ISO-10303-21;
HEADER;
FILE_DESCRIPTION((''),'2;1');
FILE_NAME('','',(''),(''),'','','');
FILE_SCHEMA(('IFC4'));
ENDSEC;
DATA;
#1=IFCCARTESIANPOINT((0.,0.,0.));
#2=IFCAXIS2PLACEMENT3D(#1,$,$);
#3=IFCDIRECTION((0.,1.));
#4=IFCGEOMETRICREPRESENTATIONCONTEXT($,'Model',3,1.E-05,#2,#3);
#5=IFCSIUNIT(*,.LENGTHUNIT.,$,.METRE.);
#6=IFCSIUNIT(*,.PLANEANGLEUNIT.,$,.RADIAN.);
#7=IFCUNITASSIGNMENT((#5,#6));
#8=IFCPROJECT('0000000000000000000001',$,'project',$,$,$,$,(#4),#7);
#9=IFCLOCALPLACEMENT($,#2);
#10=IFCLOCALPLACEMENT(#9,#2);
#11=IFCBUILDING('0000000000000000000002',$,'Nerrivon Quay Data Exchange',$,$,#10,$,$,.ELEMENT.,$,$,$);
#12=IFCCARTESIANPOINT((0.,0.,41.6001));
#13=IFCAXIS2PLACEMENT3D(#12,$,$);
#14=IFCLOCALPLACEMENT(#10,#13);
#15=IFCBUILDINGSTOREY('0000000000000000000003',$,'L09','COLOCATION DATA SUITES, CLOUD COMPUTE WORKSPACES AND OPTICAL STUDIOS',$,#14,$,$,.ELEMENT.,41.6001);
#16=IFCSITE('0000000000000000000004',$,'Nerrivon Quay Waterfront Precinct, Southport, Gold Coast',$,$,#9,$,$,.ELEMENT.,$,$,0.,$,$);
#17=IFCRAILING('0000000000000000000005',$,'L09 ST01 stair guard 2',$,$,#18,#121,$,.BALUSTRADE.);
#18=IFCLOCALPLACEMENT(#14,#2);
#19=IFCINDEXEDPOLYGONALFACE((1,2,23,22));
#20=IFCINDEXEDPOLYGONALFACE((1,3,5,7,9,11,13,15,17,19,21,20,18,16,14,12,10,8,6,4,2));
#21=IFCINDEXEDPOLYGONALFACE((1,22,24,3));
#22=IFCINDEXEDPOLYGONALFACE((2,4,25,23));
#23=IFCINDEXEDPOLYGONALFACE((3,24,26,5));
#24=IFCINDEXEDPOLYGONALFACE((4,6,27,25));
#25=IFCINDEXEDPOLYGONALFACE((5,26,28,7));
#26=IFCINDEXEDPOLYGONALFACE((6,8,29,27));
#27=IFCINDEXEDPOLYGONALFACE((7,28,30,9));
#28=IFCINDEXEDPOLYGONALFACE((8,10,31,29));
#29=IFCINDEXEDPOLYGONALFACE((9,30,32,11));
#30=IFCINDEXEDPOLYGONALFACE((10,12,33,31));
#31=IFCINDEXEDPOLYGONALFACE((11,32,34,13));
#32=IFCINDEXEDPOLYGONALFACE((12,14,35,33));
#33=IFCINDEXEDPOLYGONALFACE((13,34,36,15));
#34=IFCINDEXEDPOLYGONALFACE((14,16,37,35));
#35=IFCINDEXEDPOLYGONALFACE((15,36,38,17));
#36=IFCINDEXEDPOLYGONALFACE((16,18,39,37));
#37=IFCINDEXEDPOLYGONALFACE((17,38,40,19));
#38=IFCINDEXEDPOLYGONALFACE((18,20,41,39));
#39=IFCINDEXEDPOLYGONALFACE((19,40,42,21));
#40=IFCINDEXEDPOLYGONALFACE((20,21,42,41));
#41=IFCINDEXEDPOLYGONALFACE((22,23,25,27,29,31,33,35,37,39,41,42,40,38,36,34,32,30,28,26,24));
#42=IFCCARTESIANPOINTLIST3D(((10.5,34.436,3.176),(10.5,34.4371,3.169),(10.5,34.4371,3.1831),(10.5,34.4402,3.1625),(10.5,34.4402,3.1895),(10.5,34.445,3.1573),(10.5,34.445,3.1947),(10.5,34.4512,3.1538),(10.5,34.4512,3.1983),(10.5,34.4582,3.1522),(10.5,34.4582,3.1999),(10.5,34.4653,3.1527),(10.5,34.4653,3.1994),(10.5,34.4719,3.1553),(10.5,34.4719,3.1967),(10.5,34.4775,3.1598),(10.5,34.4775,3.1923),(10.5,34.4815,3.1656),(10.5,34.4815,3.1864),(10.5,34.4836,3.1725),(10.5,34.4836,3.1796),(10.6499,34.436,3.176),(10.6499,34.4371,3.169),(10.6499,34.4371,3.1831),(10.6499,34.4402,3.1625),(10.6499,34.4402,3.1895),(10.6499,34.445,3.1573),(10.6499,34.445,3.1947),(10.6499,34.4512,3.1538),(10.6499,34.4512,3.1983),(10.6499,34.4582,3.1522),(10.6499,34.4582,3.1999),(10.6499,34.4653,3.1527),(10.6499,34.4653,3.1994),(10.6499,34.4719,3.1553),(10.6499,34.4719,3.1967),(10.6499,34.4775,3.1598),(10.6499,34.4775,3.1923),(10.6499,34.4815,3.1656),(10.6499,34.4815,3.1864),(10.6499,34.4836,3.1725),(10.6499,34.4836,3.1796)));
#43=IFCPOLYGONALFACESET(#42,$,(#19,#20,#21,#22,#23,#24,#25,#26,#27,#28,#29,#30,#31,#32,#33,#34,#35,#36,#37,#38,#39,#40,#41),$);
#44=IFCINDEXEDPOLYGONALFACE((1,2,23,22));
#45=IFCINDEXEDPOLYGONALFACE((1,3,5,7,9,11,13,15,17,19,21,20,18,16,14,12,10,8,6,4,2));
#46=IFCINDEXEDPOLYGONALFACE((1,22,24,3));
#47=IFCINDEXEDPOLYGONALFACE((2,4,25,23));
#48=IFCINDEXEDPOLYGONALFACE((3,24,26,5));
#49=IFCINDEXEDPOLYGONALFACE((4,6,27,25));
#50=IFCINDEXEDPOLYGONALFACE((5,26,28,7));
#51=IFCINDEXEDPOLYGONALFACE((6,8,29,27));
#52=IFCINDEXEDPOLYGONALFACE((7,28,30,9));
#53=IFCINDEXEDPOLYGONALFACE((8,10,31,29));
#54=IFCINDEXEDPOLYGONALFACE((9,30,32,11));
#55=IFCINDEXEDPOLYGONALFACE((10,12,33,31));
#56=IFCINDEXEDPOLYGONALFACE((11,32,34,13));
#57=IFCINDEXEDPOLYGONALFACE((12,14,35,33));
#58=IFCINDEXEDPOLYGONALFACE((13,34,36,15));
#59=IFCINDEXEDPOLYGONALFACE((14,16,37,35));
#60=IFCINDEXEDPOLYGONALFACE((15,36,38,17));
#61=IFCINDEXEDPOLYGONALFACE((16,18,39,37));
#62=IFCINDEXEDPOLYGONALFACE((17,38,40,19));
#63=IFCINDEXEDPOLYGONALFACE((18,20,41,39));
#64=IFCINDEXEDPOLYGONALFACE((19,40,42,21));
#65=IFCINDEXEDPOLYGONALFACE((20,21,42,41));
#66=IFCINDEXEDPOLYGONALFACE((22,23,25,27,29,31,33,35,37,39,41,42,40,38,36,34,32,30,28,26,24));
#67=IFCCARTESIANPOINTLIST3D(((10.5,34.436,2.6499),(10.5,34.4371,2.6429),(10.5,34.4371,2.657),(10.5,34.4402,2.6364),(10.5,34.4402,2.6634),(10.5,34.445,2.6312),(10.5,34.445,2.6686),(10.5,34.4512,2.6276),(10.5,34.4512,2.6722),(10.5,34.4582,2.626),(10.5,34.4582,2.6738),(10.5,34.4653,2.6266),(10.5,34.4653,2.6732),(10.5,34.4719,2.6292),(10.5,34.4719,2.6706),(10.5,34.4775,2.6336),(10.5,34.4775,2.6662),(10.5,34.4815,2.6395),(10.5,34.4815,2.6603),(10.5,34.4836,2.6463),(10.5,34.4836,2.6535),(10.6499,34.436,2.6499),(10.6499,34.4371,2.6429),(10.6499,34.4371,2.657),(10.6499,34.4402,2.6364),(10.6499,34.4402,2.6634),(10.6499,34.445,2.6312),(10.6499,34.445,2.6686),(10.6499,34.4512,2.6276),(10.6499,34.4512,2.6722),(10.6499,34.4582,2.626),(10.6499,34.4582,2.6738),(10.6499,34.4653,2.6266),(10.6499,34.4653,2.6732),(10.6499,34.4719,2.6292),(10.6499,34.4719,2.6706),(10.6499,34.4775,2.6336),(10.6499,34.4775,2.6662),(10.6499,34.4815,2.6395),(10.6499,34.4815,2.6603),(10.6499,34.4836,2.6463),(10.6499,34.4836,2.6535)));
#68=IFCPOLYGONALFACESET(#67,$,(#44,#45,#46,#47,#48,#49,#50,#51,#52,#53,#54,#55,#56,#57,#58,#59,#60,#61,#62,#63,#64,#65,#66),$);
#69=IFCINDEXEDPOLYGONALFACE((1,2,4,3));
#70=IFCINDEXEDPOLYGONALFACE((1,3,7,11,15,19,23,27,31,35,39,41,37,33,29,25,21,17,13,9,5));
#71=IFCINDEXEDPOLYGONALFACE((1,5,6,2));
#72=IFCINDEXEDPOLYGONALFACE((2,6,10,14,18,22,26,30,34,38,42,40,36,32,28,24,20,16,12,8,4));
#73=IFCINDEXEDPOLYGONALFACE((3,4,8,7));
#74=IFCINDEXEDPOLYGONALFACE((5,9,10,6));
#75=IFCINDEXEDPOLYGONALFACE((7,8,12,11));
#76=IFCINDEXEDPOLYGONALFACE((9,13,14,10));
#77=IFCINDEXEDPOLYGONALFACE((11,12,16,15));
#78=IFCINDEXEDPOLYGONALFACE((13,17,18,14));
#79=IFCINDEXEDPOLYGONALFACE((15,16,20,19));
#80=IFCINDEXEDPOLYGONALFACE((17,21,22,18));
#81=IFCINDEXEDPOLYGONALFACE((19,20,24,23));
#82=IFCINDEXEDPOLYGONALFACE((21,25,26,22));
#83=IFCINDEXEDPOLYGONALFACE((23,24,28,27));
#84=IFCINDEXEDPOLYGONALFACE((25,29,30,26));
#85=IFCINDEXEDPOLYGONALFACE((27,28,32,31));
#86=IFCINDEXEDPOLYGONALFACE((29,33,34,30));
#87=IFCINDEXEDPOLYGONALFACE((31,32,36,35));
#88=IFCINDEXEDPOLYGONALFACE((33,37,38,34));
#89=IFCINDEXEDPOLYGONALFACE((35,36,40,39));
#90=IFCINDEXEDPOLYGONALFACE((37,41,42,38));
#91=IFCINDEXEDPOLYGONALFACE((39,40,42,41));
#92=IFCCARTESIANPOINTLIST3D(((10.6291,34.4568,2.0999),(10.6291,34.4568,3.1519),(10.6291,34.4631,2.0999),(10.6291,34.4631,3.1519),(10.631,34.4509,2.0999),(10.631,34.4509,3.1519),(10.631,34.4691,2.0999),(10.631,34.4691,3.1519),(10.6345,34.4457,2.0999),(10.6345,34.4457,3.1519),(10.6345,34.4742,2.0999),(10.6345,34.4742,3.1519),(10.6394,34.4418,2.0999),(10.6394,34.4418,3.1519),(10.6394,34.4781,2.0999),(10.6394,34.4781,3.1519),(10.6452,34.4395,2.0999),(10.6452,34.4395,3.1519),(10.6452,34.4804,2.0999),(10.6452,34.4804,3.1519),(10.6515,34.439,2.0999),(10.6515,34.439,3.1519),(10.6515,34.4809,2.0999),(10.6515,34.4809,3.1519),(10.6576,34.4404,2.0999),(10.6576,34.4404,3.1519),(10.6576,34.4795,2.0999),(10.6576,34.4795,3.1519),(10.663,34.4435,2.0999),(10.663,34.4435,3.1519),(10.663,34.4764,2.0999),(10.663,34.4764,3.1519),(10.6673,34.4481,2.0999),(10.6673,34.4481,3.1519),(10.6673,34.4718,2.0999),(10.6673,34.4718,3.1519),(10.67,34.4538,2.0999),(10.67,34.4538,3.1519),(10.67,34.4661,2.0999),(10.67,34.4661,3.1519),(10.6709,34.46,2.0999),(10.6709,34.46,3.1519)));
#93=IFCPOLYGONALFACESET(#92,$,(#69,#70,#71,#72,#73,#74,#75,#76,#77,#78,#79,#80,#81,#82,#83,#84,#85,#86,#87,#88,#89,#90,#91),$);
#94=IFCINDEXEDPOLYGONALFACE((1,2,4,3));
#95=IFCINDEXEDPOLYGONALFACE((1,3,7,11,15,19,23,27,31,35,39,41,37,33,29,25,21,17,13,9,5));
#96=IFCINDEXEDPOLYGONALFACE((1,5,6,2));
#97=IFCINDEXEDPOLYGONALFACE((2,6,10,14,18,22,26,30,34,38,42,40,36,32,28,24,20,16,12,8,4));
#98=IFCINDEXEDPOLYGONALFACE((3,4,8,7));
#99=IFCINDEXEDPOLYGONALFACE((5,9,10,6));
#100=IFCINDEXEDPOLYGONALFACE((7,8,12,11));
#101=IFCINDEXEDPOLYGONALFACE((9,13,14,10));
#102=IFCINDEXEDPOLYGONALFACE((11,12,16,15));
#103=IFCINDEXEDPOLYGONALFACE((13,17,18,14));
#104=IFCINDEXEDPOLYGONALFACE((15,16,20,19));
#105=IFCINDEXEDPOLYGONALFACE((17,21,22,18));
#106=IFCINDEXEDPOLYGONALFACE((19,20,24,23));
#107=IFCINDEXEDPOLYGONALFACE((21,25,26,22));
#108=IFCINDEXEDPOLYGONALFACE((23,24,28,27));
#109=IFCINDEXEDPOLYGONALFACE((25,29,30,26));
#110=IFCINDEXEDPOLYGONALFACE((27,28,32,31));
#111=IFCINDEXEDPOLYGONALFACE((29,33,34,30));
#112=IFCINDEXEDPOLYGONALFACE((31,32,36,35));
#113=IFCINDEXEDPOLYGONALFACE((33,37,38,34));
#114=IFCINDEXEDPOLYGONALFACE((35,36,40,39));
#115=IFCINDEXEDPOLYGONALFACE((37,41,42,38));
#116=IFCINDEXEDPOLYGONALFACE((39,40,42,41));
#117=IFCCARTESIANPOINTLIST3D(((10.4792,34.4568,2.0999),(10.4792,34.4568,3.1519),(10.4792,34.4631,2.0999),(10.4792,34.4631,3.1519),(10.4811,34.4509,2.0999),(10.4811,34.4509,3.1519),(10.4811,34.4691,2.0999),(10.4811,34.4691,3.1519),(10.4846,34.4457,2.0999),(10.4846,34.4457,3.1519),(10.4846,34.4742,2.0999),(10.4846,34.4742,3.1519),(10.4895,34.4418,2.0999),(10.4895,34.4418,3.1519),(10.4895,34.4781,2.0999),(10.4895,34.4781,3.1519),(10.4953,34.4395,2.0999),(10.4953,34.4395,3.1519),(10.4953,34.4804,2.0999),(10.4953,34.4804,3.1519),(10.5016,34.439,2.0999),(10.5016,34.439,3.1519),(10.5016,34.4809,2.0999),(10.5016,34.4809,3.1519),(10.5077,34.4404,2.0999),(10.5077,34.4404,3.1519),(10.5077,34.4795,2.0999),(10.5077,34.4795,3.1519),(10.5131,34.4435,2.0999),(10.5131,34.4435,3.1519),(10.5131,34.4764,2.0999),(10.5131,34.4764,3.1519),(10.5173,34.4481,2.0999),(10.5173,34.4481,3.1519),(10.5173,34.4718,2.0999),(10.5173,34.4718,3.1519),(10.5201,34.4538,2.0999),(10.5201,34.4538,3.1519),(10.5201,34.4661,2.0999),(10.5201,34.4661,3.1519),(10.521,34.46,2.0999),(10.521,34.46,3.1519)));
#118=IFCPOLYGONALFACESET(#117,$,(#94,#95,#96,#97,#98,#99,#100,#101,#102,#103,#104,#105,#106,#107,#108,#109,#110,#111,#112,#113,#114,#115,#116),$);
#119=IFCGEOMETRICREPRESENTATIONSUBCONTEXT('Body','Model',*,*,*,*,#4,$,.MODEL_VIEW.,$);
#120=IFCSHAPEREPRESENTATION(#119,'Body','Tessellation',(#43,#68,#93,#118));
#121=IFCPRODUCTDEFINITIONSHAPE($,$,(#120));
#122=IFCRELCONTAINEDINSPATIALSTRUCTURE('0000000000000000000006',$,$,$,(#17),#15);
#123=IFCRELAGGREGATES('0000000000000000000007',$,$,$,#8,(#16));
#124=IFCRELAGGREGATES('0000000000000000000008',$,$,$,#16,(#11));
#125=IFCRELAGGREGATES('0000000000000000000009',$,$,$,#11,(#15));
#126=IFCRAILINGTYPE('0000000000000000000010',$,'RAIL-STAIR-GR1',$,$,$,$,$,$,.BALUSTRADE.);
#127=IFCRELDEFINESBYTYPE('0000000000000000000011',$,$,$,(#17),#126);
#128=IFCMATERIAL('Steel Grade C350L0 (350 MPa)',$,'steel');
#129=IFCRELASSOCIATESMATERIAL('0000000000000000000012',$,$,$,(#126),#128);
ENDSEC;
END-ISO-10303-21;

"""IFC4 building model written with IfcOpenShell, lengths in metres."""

from ifc_helpers import new_model, si_unit, direction, frame, origin, origin_2d, place, context, subcontext, project, spatial, circle, extrude, material, type_object, element, save


model = new_model("IFC4")

# Units and contexts
model_context = context("Model", 3, precision=1e-05, world=origin(), true_north=direction((0.0, 1.0)))
body_context = subcontext(model_context, "Body", "Model", "MODEL_VIEW")
ifc_project = project(units=[si_unit("LENGTHUNIT", "METRE"), si_unit("PLANEANGLEUNIT", "RADIAN")], contexts=[model_context])

# Site, building, storey
site_placement = place(None, origin())
site = spatial("IfcSite", under=ifc_project, at=site_placement, Name="Nerrivon Quay Waterfront Precinct, Southport, Gold Coast", CompositionType="ELEMENT", RefElevation=0.0)
building_placement = place(site_placement, origin())
building = spatial("IfcBuilding", under=site, at=building_placement, Name="Nerrivon Quay Data Exchange", CompositionType="ELEMENT")
storey_placement = place(building_placement, frame((0.0, 0.0, 41.6001)))
storey = spatial("IfcBuildingStorey", under=building, at=storey_placement, Name="L09", Description="COLOCATION DATA SUITES, CLOUD COMPUTE WORKSPACES AND OPTICAL STUDIOS", CompositionType="ELEMENT", Elevation=41.6001)

# Railing
ifc_material_1 = material(Name="Steel Grade C350L0 (350 MPa)", Category="steel")
railing_type_1 = type_object("IfcRailingType", Name="RAIL-STAIR-GR1", PredefinedType="BALUSTRADE", material=ifc_material_1)
railing_1_placement = place(storey_placement, frame((10.6499, 34.46, 2.0999)))
element("IfcRailing", 1, at=railing_1_placement, inside=storey, type_object=railing_type_1, Name="L09 ST01 stair guard 2", PredefinedType="BALUSTRADE", context=body_context, shape_type="SweptSolid", body=[
    extrude(circle(Radius=0.0239, at=origin_2d()), frame((0.0, 0.0, 1.0762), z_axis=(-1.0, 0.0, 0.0), x_axis=(0.0, -1.0, 0.0)), (0.0, 0.0, 1.0), 0.1499),
    extrude(circle(Radius=0.0239, at=origin_2d()), frame((0.0, 0.0, 0.55), z_axis=(-1.0, 0.0, 0.0), x_axis=(0.0, -1.0, 0.0)), (0.0, 0.0, 1.0), 0.1499),
    extrude(circle(Radius=0.021, at=origin_2d()), origin(), (0.0, 0.0, 1.0), 1.052),
    extrude(circle(Radius=0.021, at=origin_2d()), frame((-0.1499, 0.0, 0.0)), (0.0, 0.0, 1.0), 1.052),
])

save(model, "model.ifc")
